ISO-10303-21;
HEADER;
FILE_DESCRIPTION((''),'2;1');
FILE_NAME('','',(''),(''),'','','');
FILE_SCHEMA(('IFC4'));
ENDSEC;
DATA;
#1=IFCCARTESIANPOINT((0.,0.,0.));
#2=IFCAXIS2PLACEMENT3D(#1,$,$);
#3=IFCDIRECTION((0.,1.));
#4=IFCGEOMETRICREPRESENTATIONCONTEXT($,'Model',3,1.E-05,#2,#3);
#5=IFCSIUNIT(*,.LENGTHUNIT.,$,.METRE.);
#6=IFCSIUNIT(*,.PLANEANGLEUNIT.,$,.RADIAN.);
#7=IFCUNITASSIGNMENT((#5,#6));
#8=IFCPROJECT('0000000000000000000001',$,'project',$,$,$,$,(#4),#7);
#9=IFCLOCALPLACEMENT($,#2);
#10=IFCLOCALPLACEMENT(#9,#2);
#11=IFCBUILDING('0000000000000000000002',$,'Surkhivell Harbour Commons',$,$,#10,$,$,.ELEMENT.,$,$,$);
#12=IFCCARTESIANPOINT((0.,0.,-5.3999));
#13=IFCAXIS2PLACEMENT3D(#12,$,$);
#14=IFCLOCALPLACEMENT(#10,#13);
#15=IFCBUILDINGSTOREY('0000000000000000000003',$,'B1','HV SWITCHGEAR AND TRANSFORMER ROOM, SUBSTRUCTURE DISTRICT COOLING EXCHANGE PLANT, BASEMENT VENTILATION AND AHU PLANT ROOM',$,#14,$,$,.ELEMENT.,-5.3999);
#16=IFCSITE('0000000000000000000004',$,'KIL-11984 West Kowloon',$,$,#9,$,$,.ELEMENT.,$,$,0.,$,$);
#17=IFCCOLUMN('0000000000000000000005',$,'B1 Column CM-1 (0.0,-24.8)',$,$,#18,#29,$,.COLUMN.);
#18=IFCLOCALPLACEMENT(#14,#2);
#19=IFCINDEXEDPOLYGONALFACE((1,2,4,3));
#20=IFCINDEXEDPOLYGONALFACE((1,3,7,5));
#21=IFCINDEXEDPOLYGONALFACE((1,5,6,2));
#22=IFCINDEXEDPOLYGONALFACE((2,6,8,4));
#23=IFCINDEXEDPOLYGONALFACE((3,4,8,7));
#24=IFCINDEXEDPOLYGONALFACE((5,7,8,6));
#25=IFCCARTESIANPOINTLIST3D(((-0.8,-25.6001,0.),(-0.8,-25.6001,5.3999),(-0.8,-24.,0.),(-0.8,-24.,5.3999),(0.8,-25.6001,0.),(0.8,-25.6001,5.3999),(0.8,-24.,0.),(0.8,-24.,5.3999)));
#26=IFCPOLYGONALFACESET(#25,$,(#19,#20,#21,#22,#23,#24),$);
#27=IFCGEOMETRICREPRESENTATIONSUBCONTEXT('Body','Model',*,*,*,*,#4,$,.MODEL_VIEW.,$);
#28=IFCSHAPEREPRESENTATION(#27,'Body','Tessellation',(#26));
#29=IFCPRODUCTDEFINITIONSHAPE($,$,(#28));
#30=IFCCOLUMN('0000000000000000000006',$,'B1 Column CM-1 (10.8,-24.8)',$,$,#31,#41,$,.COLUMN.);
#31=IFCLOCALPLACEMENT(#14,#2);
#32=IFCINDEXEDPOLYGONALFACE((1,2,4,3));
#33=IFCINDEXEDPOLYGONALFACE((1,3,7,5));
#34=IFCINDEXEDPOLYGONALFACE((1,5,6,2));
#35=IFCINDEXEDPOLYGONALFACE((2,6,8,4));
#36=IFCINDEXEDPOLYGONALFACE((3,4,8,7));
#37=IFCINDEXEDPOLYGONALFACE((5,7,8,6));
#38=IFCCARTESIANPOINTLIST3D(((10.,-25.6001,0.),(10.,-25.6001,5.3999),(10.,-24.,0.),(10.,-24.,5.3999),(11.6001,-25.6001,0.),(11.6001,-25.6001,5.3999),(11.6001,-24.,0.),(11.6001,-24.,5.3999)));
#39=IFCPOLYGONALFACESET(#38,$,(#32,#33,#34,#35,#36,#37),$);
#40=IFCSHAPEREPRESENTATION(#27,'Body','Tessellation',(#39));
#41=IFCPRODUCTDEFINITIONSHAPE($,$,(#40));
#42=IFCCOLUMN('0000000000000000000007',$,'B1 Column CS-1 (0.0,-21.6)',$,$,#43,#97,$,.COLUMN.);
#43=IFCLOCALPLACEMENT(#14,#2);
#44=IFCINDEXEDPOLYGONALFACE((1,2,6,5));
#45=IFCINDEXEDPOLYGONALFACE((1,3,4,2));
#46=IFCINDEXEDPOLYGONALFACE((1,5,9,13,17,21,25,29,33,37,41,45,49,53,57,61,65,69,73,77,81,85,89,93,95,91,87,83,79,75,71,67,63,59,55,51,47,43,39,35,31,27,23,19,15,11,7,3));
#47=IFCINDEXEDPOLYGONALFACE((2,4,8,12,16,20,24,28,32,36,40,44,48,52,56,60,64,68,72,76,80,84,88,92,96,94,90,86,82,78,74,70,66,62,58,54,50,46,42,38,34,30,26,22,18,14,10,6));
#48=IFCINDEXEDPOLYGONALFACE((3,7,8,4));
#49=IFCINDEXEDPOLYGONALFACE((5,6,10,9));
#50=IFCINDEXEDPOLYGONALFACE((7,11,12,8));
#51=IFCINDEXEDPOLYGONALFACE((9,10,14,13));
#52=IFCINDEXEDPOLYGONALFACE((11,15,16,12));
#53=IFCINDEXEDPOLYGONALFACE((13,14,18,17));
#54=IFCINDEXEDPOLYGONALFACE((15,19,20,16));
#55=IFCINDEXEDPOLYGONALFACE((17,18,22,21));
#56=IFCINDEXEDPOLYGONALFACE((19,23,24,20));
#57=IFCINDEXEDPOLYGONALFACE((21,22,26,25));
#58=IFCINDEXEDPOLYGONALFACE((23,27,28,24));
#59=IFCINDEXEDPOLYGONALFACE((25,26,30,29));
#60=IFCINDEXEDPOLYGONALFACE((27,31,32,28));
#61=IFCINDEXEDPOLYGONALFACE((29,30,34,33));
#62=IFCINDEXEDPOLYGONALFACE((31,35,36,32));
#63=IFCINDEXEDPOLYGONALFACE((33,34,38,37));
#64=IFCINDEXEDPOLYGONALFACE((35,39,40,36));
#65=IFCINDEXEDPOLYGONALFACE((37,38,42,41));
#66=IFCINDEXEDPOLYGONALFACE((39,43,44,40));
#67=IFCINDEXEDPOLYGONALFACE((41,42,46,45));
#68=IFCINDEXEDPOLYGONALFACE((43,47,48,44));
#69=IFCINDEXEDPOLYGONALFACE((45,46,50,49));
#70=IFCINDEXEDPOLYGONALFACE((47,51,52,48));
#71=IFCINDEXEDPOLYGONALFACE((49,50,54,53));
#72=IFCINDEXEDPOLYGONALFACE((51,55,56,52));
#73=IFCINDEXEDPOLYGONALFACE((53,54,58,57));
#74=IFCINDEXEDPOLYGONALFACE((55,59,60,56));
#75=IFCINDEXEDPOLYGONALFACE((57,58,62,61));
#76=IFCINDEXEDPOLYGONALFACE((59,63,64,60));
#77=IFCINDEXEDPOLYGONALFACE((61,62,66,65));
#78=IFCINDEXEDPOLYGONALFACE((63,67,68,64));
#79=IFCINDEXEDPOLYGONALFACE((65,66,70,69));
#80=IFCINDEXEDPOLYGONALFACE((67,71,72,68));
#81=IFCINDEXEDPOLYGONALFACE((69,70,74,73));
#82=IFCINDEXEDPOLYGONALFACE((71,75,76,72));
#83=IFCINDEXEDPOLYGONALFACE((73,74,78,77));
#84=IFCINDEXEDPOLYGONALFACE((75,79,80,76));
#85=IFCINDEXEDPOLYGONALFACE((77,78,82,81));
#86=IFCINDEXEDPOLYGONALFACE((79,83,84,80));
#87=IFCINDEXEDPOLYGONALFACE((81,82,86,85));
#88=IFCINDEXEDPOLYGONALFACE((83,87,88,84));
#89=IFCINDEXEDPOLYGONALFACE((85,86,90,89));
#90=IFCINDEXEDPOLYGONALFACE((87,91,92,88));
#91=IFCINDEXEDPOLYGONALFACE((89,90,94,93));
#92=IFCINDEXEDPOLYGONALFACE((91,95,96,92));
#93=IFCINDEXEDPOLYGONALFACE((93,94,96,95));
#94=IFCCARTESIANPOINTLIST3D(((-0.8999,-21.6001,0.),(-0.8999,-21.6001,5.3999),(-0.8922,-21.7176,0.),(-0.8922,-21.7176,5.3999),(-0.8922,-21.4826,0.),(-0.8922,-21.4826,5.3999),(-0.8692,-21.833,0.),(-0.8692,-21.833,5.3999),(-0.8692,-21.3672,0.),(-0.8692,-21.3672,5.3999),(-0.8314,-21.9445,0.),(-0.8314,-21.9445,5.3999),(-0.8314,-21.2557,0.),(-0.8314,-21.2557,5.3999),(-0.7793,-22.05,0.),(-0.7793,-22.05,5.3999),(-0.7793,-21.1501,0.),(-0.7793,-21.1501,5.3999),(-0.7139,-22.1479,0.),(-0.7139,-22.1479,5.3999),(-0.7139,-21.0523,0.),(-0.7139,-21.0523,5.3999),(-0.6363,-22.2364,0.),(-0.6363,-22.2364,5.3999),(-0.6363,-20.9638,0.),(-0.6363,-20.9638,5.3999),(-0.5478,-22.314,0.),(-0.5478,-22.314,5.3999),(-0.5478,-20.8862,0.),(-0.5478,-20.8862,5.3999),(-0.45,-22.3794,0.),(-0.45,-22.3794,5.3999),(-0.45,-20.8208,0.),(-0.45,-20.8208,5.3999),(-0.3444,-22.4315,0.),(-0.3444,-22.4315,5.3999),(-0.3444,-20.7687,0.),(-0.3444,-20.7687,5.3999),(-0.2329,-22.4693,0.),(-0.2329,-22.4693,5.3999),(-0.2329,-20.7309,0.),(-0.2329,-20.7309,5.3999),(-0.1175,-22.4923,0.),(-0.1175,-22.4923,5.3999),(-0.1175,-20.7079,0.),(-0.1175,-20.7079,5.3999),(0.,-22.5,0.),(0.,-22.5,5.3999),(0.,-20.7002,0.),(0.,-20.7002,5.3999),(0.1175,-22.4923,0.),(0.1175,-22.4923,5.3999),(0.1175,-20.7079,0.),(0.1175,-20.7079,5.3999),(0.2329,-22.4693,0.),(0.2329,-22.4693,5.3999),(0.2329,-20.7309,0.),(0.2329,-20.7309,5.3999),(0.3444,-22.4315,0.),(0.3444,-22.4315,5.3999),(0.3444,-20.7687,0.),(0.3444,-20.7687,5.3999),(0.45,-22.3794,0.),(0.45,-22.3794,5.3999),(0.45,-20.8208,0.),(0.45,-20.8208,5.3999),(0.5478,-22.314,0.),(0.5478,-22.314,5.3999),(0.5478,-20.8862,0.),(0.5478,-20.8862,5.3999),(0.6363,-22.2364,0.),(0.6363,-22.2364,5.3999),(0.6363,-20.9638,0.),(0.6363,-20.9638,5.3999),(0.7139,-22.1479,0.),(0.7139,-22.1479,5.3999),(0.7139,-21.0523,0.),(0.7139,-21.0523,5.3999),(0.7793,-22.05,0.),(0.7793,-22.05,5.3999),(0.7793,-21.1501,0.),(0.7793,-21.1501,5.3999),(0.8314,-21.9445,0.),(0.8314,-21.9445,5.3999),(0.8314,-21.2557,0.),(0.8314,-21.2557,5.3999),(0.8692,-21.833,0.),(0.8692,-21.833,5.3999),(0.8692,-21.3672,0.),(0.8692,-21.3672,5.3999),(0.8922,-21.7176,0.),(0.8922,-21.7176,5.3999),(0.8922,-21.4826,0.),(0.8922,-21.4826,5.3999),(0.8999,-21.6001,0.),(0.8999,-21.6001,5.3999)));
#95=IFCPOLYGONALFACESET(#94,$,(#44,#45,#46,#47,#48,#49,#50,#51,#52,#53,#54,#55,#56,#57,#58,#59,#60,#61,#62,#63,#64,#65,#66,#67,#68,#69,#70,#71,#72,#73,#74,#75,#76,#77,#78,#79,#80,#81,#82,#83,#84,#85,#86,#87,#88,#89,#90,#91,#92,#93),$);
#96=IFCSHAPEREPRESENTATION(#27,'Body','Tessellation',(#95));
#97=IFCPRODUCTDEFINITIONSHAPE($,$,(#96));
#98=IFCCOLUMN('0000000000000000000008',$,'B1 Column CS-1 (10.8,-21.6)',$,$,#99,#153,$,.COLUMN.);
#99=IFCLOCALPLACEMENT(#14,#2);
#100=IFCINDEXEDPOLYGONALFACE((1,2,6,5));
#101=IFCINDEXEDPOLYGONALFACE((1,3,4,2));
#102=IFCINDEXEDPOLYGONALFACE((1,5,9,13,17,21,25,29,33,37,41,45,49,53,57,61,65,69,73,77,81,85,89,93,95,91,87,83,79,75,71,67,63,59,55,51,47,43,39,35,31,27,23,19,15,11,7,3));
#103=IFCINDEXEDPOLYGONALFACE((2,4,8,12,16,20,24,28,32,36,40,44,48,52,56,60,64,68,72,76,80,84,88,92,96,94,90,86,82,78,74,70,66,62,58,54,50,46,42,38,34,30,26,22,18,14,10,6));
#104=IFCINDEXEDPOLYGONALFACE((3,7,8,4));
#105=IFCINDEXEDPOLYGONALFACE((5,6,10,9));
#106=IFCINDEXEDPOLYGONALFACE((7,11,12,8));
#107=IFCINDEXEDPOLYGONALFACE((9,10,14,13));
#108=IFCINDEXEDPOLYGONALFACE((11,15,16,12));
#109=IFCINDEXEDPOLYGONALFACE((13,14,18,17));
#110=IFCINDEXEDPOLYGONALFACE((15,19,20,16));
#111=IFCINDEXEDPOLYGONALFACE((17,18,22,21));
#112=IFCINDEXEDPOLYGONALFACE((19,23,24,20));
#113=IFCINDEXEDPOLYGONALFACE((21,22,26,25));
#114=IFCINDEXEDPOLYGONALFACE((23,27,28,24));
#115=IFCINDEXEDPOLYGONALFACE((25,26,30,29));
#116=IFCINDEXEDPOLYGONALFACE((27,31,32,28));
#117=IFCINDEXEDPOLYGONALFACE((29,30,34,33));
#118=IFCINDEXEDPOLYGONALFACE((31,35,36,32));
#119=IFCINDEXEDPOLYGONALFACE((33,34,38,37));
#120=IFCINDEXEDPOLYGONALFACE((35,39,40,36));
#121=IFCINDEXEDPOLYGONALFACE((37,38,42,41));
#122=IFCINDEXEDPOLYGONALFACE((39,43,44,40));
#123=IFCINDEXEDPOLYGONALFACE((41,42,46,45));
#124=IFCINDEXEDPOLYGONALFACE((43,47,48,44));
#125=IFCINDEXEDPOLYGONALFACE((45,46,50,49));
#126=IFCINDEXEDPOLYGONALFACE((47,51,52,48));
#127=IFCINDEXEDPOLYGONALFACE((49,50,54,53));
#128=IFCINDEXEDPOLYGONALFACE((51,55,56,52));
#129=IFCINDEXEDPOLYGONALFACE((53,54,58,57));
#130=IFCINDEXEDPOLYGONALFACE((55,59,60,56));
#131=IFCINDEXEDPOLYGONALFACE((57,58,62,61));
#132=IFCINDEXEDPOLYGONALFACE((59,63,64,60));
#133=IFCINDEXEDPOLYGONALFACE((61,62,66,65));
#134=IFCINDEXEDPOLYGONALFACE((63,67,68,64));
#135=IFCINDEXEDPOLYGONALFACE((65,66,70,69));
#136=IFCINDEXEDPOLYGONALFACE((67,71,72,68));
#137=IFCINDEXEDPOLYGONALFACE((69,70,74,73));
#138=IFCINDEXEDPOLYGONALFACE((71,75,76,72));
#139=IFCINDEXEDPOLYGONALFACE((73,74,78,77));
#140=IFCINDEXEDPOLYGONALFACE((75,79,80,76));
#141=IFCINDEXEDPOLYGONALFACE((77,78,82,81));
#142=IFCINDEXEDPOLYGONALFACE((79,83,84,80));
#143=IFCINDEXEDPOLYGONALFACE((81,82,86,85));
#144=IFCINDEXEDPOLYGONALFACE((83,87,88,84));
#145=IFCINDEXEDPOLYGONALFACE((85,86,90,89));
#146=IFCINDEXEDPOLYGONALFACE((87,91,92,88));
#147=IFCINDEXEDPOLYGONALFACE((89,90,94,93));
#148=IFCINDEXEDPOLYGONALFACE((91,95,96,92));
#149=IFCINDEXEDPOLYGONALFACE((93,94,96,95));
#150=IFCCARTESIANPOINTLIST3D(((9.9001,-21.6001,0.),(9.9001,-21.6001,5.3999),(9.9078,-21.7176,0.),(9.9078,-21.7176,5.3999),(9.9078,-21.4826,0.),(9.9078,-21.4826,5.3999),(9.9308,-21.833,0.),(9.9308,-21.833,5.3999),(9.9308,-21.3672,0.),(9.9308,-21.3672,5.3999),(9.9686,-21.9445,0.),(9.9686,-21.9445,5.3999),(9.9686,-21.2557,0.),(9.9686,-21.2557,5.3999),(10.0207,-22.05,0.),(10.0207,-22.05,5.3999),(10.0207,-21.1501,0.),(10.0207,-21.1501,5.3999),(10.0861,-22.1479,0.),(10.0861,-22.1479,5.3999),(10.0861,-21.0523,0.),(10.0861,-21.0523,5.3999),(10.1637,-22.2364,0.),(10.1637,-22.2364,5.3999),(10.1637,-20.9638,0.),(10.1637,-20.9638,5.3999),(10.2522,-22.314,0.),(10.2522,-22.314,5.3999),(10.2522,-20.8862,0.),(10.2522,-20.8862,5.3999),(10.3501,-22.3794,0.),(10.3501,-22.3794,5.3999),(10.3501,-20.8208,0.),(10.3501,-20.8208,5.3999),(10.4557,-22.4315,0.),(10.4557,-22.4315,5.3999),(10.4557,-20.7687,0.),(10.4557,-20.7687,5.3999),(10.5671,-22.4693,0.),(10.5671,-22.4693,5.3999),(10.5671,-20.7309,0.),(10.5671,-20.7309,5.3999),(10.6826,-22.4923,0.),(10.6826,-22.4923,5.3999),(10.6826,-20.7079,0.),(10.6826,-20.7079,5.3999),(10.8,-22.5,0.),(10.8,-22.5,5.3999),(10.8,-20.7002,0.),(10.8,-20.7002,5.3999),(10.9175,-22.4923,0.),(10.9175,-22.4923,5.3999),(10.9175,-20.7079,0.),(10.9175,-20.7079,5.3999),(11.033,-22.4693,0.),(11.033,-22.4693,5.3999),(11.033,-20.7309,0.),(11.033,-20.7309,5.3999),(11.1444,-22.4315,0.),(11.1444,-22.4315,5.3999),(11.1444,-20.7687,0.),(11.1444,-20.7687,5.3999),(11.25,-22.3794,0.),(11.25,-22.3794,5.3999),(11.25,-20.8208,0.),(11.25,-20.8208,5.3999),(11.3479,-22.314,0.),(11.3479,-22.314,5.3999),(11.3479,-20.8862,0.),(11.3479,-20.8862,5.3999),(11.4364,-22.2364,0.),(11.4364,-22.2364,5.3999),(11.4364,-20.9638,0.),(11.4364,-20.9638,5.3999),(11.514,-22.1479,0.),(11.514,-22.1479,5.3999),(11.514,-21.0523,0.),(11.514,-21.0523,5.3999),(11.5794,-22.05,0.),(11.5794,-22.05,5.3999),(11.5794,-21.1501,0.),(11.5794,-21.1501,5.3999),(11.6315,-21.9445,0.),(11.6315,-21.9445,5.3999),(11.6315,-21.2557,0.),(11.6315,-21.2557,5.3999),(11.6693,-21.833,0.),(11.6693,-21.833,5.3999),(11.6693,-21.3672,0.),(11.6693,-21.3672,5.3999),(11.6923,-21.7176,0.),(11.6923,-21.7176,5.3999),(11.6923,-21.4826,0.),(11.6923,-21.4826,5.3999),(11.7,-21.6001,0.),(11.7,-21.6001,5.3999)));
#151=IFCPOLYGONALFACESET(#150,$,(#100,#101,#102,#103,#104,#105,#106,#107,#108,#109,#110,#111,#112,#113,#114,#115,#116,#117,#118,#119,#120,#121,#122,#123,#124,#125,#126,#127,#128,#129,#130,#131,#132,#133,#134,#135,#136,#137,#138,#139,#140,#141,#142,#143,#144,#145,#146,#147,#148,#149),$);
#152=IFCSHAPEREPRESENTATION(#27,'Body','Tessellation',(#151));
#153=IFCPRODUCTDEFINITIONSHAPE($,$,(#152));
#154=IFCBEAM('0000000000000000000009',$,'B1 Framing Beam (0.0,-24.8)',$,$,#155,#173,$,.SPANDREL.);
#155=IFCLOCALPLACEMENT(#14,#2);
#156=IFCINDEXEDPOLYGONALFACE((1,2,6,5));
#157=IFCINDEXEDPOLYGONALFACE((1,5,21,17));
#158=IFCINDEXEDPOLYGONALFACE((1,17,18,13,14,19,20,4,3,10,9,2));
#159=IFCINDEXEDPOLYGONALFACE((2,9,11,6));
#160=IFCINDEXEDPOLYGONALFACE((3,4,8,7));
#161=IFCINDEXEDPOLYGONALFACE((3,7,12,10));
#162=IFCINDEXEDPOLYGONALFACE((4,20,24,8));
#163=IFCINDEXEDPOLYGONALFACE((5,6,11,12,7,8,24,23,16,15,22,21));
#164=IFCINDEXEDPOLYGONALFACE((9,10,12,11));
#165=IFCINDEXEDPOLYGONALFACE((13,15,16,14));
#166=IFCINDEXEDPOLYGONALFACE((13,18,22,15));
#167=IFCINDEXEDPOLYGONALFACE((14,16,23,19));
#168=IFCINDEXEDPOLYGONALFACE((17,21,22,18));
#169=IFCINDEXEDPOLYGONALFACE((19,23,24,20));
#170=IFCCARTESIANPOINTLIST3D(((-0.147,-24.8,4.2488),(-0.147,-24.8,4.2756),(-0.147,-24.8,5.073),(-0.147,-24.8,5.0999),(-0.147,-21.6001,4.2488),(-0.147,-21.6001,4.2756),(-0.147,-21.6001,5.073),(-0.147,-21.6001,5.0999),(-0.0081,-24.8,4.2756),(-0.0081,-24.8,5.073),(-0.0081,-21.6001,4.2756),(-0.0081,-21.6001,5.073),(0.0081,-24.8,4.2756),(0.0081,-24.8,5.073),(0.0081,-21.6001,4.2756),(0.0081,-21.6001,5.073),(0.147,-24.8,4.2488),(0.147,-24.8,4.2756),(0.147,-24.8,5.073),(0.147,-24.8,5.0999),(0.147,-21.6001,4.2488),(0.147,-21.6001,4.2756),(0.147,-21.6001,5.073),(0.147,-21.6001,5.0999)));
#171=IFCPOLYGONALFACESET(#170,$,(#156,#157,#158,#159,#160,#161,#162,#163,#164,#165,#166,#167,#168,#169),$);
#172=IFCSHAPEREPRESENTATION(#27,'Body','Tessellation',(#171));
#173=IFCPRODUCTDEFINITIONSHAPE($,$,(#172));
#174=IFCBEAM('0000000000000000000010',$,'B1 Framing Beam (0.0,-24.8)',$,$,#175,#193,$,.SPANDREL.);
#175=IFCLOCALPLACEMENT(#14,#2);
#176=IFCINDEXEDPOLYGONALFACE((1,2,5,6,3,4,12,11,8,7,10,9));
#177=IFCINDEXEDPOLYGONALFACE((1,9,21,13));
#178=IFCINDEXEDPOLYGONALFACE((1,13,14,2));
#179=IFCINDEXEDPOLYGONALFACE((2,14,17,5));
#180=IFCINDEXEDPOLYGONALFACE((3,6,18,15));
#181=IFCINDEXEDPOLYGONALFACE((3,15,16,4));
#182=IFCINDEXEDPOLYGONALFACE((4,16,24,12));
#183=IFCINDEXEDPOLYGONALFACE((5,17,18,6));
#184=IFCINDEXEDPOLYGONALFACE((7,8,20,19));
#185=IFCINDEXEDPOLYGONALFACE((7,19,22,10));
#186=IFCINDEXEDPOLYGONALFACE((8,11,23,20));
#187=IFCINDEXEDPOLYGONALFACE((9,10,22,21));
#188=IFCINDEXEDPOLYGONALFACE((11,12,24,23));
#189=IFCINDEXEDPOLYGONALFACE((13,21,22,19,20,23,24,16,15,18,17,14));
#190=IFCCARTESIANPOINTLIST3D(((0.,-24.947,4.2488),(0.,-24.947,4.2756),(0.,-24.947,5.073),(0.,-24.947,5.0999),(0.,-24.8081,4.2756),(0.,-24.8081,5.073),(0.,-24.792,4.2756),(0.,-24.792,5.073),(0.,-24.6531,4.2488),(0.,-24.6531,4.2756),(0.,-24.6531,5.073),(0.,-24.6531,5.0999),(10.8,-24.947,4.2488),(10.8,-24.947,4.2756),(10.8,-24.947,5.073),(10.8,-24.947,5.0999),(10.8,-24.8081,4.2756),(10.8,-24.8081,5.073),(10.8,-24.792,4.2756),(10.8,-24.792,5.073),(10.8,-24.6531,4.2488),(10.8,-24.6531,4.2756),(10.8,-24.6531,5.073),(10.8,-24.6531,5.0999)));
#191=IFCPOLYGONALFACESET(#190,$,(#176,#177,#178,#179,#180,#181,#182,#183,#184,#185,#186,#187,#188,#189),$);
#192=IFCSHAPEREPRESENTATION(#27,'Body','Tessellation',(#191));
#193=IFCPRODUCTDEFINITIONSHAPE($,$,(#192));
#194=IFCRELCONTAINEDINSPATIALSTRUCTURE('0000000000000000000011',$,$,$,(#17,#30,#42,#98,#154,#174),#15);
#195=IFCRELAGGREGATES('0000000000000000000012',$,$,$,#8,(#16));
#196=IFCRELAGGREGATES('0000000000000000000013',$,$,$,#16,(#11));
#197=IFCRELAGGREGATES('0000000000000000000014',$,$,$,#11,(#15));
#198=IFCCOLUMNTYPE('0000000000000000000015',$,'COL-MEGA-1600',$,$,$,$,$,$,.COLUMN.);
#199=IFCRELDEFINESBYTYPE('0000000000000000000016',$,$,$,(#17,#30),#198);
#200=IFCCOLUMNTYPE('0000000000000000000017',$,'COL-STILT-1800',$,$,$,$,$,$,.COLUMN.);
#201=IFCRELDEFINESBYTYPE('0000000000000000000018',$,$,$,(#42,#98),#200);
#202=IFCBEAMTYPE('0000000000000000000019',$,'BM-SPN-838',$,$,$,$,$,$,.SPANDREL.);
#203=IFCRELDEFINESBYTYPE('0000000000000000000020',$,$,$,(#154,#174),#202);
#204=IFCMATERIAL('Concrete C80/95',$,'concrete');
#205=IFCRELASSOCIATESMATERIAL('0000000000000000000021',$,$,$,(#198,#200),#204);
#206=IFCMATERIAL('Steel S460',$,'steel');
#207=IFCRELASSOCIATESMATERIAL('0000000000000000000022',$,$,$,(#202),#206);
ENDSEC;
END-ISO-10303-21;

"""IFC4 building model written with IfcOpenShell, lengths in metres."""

from ifc_helpers import new_model, si_unit, direction, frame, origin, origin_2d, place, context, subcontext, project, spatial, rectangle, circle, i_section, extrude, material, material_profile, profile_set, type_object, element, save


model = new_model("IFC4")

# Units and contexts
model_context = context("Model", 3, precision=1e-05, world=origin(), true_north=direction((0.0, 1.0)))
body_context = subcontext(model_context, "Body", "Model", "MODEL_VIEW")
ifc_project = project(units=[si_unit("LENGTHUNIT", "METRE"), si_unit("PLANEANGLEUNIT", "RADIAN")], contexts=[model_context])

# Site, building, storey
site_placement = place(None, origin())
site = spatial("IfcSite", under=ifc_project, at=site_placement, Name="KIL-11984 West Kowloon", CompositionType="ELEMENT", RefElevation=0.0)
building_placement = place(site_placement, origin())
building = spatial("IfcBuilding", under=site, at=building_placement, Name="Surkhivell Harbour Commons", CompositionType="ELEMENT")
storey_placement = place(building_placement, frame((0.0, 0.0, -5.3999)))
storey = spatial("IfcBuildingStorey", under=building, at=storey_placement, Name="B1", Description="HV SWITCHGEAR AND TRANSFORMER ROOM, SUBSTRUCTURE DISTRICT COOLING EXCHANGE PLANT, BASEMENT VENTILATION AND AHU PLANT ROOM", CompositionType="ELEMENT", Elevation=-5.3999)

# Columns
ifc_material_1 = material(Name="Concrete C80/95", Category="concrete")
ifc_material_profile_1 = material_profile(ifc_material_1, rectangle(XDim=1.6001, YDim=1.6001, at=origin_2d()), Name="RC-COL-1600x1600")
ifc_profile_set_1 = profile_set([ifc_material_profile_1], Name="Concrete C80/95")
column_type_1 = type_object("IfcColumnType", Name="COL-MEGA-1600", PredefinedType="COLUMN", material=ifc_profile_set_1)
for number, where, z_axis, x_axis, name in (
    (1, (0.0, -24.8, 0.0), (0.0, 0.0, 1.0), (1.0, 0.0, 0.0), "B1 Column CM-1 (0.0,-24.8)"),
    (2, (10.8, -24.8, 0.0), (0.0, 0.0, 1.0), (1.0, 0.0, 0.0), "B1 Column CM-1 (10.8,-24.8)"),
):
    element("IfcColumn", number, at=place(storey_placement, frame(where, z_axis=z_axis, x_axis=x_axis)), inside=storey, type_object=column_type_1, Name=name, PredefinedType="COLUMN", context=body_context, shape_type="SweptSolid", body=[
        extrude(rectangle(XDim=1.6001, YDim=1.6001, at=origin_2d()), origin(), (0.0, 0.0, 1.0), 5.3999),
    ])
ifc_material_profile_2 = material_profile(ifc_material_1, circle(Radius=0.8999, at=origin_2d()), Name="RC-CIRC-1800")
ifc_profile_set_2 = profile_set([ifc_material_profile_2], Name="Concrete C80/95")
column_type_2 = type_object("IfcColumnType", Name="COL-STILT-1800", PredefinedType="COLUMN", material=ifc_profile_set_2)
for number, where, z_axis, x_axis, name in (
    (3, (0.0, -21.6001, 0.0), (0.0, 0.0, 1.0), (1.0, 0.0, 0.0), "B1 Column CS-1 (0.0,-21.6)"),
    (4, (10.8, -21.6001, 0.0), (0.0, 0.0, 1.0), (1.0, 0.0, 0.0), "B1 Column CS-1 (10.8,-21.6)"),
):
    element("IfcColumn", number, at=place(storey_placement, frame(where, z_axis=z_axis, x_axis=x_axis)), inside=storey, type_object=column_type_2, Name=name, PredefinedType="COLUMN", context=body_context, shape_type="SweptSolid", body=[
        extrude(circle(Radius=0.8999, at=origin_2d()), origin(), (0.0, 0.0, 1.0), 5.3999),
    ])

# Beams
ifc_material_2 = material(Name="Steel S460", Category="steel")
ifc_material_profile_3 = material_profile(ifc_material_2, i_section(OverallWidth=0.2939, OverallDepth=0.8511, WebThickness=0.0161, FlangeThickness=0.0269, at=origin_2d()), Name="UB838x292x226")
ifc_profile_set_3 = profile_set([ifc_material_profile_3], Name="Steel S460")
beam_type = type_object("IfcBeamType", Name="BM-SPN-838", PredefinedType="SPANDREL", material=ifc_profile_set_3)
beam_1_placement = place(storey_placement, frame((0.0, -24.8, 4.6743), z_axis=(0.0, 1.0, 0.0), x_axis=(-1.0, 0.0, 0.0)))
element("IfcBeam", 5, at=beam_1_placement, inside=storey, type_object=beam_type, Name="B1 Framing Beam (0.0,-24.8)", PredefinedType="SPANDREL", context=body_context, shape_type="SweptSolid", body=[
    extrude(i_section(OverallWidth=0.2939, OverallDepth=0.8511, WebThickness=0.0161, FlangeThickness=0.0269, at=origin_2d()), origin(), (0.0, 0.0, 1.0), 3.2),
])
for number, where, z_axis, x_axis, name in (
    (6, (0.0, -24.8, 4.6743), (1.0, 0.0, 0.0), (0.0, 1.0, 0.0), "B1 Framing Beam (0.0,-24.8)"),
):
    element("IfcBeam", number, at=place(storey_placement, frame(where, z_axis=z_axis, x_axis=x_axis)), inside=storey, type_object=beam_type, Name=name, PredefinedType="SPANDREL", context=body_context, shape_type="SweptSolid", body=[
        extrude(i_section(OverallWidth=0.2939, OverallDepth=0.8511, WebThickness=0.0161, FlangeThickness=0.0269, at=origin_2d()), origin(), (0.0, 0.0, 1.0), 10.8),
    ])

save(model, "model.ifc")
